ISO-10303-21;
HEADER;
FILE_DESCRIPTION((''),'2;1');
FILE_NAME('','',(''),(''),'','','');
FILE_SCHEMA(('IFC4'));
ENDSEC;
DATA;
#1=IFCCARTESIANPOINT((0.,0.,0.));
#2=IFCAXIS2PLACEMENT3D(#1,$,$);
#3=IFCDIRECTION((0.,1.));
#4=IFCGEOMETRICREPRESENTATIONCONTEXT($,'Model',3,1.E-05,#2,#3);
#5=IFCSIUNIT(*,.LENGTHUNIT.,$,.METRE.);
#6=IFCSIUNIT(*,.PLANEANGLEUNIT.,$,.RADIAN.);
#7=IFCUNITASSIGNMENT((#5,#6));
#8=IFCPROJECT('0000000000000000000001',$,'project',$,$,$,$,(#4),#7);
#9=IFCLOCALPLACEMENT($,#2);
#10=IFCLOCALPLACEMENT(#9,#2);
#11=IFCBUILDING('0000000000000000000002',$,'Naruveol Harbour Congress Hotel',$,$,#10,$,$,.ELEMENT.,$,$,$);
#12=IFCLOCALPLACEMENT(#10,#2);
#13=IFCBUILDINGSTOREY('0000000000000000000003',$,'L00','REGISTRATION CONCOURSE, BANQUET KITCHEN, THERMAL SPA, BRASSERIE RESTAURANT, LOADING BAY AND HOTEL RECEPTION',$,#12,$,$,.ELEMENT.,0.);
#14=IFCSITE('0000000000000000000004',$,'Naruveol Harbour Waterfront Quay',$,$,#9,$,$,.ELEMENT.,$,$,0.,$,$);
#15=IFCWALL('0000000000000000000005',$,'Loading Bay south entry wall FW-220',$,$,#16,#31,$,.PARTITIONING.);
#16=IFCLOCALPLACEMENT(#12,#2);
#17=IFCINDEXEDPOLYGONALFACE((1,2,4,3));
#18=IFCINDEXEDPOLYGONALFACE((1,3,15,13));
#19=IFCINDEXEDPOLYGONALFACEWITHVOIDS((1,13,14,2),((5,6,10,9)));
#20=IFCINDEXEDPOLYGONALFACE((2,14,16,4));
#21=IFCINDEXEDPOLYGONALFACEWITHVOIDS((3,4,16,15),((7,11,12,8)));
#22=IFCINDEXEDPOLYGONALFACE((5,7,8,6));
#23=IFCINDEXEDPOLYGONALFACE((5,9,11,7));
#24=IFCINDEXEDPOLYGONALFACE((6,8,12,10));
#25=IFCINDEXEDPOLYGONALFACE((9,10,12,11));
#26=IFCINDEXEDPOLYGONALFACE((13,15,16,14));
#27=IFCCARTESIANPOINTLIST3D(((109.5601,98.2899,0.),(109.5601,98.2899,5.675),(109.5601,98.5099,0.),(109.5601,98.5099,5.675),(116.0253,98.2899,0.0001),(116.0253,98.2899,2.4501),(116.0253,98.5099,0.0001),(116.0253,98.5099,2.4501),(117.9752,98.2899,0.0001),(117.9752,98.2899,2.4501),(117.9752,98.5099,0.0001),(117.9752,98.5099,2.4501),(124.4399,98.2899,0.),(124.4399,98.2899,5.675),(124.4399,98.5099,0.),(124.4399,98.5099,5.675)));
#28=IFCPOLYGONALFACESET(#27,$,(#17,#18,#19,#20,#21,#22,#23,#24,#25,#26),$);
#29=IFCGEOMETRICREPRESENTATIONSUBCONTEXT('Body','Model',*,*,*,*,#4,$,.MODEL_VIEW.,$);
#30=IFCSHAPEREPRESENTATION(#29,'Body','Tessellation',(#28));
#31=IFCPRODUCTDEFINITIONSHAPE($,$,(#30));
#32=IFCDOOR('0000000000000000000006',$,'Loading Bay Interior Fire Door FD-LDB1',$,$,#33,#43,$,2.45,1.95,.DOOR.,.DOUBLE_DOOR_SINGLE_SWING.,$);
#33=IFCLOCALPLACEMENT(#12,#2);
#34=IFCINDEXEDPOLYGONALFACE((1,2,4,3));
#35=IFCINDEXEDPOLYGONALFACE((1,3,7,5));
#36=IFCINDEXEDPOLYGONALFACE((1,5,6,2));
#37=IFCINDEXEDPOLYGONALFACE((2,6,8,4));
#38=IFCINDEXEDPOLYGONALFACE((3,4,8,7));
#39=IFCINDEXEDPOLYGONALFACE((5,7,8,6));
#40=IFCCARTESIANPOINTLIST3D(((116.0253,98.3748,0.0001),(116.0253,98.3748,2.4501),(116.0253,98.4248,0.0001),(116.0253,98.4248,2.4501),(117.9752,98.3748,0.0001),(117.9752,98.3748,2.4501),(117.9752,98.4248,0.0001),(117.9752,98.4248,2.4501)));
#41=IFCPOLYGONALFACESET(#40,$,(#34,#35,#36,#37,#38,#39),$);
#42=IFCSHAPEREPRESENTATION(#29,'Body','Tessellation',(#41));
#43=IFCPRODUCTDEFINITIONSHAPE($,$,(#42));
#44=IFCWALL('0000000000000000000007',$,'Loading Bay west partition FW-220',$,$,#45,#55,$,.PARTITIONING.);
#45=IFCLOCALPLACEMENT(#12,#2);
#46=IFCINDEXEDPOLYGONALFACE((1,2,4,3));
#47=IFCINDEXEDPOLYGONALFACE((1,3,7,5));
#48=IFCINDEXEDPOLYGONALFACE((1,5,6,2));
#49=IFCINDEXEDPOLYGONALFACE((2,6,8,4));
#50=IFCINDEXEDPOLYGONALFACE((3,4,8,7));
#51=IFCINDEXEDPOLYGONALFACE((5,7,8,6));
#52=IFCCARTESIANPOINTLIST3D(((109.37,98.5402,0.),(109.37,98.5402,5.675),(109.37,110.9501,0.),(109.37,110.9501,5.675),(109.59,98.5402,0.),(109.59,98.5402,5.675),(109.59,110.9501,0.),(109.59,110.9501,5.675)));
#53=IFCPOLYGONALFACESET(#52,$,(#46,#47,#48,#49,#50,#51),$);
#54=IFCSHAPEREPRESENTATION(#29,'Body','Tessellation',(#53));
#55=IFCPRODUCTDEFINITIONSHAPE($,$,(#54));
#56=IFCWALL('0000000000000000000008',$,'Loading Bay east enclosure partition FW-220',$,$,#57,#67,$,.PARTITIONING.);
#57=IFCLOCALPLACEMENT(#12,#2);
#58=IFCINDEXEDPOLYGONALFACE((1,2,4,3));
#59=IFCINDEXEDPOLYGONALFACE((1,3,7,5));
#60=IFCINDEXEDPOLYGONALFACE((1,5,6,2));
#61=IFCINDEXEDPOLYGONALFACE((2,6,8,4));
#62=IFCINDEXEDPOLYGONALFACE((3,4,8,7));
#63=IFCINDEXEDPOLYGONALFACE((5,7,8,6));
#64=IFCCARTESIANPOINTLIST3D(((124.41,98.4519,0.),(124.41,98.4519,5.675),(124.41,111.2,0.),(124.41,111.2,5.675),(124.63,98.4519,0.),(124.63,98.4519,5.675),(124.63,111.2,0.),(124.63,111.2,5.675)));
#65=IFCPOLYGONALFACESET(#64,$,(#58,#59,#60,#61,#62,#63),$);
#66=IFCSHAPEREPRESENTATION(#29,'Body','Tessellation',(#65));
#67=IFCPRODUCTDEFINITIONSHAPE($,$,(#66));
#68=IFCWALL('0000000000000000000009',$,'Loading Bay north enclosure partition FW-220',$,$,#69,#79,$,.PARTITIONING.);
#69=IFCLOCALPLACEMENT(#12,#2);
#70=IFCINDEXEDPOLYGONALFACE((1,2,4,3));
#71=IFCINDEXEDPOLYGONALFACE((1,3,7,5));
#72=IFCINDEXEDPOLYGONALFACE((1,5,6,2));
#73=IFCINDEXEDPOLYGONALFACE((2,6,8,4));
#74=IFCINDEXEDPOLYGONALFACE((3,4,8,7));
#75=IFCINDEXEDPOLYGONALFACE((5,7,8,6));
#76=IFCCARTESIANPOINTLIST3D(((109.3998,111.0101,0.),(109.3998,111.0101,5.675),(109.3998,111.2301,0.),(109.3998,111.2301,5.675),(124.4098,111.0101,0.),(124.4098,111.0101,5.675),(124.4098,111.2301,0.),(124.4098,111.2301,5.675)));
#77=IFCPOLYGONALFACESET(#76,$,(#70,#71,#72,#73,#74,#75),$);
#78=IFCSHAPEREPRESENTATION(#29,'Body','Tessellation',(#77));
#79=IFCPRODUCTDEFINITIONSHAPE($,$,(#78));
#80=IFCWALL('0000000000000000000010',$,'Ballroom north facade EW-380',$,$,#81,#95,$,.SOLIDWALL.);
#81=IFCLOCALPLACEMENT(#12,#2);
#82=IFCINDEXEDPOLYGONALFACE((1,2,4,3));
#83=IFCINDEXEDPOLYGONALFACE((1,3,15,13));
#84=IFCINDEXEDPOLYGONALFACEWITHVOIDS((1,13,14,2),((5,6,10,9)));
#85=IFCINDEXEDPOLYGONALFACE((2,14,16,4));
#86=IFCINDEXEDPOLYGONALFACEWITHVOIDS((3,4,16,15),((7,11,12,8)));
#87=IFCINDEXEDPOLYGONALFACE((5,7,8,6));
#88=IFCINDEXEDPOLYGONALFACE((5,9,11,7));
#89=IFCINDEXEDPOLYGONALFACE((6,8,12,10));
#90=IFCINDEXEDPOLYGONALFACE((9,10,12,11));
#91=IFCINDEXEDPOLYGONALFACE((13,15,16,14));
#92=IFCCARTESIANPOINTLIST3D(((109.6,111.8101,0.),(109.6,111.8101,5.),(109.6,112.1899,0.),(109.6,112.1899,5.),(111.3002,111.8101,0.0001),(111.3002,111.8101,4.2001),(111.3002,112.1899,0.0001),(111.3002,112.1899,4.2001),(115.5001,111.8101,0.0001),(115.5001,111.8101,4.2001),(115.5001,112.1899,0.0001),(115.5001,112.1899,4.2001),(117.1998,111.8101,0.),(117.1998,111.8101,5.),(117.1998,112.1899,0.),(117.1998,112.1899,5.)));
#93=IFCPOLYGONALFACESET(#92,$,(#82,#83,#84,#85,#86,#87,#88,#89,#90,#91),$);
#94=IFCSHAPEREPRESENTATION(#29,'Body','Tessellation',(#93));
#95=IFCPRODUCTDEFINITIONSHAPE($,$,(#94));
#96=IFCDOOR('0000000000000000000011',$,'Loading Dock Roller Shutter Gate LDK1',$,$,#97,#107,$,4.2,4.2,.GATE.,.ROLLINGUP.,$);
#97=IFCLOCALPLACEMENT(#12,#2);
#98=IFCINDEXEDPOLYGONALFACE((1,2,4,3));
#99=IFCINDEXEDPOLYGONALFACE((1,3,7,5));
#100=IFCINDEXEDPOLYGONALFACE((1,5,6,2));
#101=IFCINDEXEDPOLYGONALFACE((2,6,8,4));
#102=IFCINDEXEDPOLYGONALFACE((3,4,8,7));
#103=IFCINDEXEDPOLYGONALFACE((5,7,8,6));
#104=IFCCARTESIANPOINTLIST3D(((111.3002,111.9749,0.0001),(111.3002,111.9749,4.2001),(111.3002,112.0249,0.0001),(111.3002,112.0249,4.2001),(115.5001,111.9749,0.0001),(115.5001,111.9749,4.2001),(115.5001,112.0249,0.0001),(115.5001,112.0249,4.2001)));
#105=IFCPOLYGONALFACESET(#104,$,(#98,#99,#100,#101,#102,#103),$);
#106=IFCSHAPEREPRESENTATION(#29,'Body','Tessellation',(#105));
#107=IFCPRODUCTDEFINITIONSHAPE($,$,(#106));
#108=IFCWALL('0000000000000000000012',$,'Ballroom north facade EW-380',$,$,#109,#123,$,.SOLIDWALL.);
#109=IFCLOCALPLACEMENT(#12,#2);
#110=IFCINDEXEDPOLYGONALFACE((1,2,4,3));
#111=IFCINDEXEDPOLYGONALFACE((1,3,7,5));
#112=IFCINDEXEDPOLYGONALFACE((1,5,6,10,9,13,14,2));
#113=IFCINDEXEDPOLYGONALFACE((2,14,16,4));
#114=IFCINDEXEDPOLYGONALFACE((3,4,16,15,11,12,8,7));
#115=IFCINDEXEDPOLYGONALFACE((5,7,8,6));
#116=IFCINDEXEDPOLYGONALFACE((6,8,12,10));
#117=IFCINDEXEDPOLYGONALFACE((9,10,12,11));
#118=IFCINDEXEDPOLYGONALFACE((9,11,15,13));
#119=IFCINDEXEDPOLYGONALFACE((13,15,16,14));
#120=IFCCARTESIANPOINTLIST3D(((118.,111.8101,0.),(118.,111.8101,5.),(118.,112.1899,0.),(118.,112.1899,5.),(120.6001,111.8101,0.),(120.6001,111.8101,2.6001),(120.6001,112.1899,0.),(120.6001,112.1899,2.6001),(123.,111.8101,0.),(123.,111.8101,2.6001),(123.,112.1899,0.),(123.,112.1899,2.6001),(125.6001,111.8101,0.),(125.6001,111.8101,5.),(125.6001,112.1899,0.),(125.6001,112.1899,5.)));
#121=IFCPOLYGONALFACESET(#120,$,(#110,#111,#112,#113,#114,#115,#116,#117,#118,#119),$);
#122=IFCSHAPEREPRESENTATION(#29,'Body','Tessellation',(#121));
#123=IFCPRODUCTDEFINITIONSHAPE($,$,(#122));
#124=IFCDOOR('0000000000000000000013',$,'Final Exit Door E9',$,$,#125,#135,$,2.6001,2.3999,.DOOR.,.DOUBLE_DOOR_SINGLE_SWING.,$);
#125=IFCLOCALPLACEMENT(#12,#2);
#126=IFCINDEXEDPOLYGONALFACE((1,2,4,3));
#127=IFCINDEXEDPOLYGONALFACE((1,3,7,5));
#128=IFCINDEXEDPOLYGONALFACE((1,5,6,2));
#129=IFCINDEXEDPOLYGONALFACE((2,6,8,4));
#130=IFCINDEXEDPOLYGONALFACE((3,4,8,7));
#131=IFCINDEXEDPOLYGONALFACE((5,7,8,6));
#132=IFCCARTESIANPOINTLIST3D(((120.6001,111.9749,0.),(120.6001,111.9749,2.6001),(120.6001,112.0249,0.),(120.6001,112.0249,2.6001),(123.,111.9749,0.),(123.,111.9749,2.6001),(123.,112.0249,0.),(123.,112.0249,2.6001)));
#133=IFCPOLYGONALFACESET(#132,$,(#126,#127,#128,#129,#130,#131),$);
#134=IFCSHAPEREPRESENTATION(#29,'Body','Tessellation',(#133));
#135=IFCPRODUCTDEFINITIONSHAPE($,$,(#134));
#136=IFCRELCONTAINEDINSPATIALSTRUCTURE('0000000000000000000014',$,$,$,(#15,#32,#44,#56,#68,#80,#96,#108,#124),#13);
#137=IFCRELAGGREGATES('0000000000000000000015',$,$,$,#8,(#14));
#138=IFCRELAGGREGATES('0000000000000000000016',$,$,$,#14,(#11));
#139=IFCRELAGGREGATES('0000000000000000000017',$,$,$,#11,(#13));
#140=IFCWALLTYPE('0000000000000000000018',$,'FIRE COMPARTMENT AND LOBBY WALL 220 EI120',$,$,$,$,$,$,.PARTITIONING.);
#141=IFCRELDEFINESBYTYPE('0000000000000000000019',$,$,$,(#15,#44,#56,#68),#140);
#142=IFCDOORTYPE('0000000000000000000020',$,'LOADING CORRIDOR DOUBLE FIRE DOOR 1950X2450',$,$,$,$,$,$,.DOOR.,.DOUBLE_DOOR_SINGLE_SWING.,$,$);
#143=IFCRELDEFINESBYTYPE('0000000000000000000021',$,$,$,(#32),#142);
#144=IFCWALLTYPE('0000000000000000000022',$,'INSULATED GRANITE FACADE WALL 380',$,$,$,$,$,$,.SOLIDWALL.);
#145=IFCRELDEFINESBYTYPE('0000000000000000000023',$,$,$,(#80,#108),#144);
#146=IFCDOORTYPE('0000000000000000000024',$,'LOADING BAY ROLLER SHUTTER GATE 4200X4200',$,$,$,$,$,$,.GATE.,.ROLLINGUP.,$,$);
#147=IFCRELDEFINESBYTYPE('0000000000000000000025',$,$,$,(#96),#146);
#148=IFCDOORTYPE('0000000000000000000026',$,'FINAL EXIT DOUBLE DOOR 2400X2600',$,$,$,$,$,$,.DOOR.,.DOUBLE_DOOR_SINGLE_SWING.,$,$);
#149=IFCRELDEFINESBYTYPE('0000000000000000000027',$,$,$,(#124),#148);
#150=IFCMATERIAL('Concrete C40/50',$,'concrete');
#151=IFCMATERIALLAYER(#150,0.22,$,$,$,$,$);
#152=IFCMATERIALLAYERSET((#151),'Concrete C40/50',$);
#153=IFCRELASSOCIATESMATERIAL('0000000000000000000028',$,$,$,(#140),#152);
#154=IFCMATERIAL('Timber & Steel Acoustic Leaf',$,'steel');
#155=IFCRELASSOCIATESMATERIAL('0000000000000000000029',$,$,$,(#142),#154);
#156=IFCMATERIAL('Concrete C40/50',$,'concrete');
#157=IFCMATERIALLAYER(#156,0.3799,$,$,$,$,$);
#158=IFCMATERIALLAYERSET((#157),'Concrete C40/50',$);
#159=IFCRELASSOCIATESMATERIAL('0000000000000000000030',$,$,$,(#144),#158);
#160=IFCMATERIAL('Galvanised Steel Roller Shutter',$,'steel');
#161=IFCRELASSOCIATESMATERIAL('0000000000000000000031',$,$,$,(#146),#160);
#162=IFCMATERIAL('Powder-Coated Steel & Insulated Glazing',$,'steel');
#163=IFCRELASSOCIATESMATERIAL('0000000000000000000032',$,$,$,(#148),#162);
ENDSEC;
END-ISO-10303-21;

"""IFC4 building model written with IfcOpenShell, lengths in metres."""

from ifc_helpers import new_model, si_unit, direction, frame, frame_2d, origin, place, context, subcontext, project, spatial, rectangle, extrude, material, layer, layer_set, type_object, element, fill, save


model = new_model("IFC4")

# Units and contexts
model_context = context("Model", 3, precision=1e-05, world=origin(), true_north=direction((0.0, 1.0)))
body_context = subcontext(model_context, "Body", "Model", "MODEL_VIEW")
ifc_project = project(units=[si_unit("LENGTHUNIT", "METRE"), si_unit("PLANEANGLEUNIT", "RADIAN")], contexts=[model_context])

# Site, building, storey
site_placement = place(None, origin())
site = spatial("IfcSite", under=ifc_project, at=site_placement, Name="Naruveol Harbour Waterfront Quay", CompositionType="ELEMENT", RefElevation=0.0)
building_placement = place(site_placement, origin())
building = spatial("IfcBuilding", under=site, at=building_placement, Name="Naruveol Harbour Congress Hotel", CompositionType="ELEMENT")
storey_placement = place(building_placement, origin())
storey = spatial("IfcBuildingStorey", under=building, at=storey_placement, Name="L00", Description="REGISTRATION CONCOURSE, BANQUET KITCHEN, THERMAL SPA, BRASSERIE RESTAURANT, LOADING BAY AND HOTEL RECEPTION", CompositionType="ELEMENT", Elevation=0.0)

# Wall, opening, door
ifc_material_1 = material(Name="Concrete C40/50", Category="concrete")
ifc_layer_1 = layer(ifc_material_1, 0.22)
ifc_layer_set_1 = layer_set([ifc_layer_1], Name="Concrete C40/50")
wall_type_1 = type_object("IfcWallType", Name="FIRE COMPARTMENT AND LOBBY WALL 220 EI120", PredefinedType="PARTITIONING", material=ifc_layer_set_1)
wall_1_placement = place(storey_placement, frame((109.5601, 98.3999, 0.0), z_axis=(0.0, 0.0, 1.0), x_axis=(1.0, 0.0, 0.0)))
wall_1 = element("IfcWall", 1, at=wall_1_placement, inside=storey, type_object=wall_type_1, Name="Loading Bay south entry wall FW-220", PredefinedType="PARTITIONING", context=body_context, shape_type="SweptSolid", body=[
    extrude(rectangle(XDim=14.8799, YDim=0.22, at=frame_2d((7.4399, 0.0))), origin(), (0.0, 0.0, 1.0), 5.675),
])
opening_1_placement = place(wall_1_placement, frame((6.4651, 0.0, 0.0)))
opening_1 = element("IfcOpeningElement", 2, at=opening_1_placement, cuts=wall_1, PredefinedType="OPENING", context=body_context, shape_type="SweptSolid", body=[
    extrude(rectangle(XDim=1.95, YDim=2.45, at=frame_2d((0.9751, 1.2251))), frame((0.0, 0.1199, 0.0), z_axis=(0.0, -1.0, 0.0), x_axis=(1.0, 0.0, 0.0)), (0.0, 0.0, 1.0), 0.24),
])
ifc_material_2 = material(Name="Timber & Steel Acoustic Leaf", Category="steel")
door_type_1 = type_object("IfcDoorType", Name="LOADING CORRIDOR DOUBLE FIRE DOOR 1950X2450", OperationType="DOUBLE_DOOR_SINGLE_SWING", PredefinedType="DOOR", material=ifc_material_2)
door_1_placement = place(opening_1_placement, origin())
door_1 = element("IfcDoor", 3, at=door_1_placement, inside=storey, type_object=door_type_1, Name="Loading Bay Interior Fire Door FD-LDB1", OperationType="DOUBLE_DOOR_SINGLE_SWING", OverallHeight=2.45, OverallWidth=1.95, PredefinedType="DOOR", context=body_context, shape_type="SweptSolid", body=[
    extrude(rectangle(XDim=1.95, YDim=2.45, at=frame_2d((0.9751, 1.2251))), frame((0.0, 0.0249, 0.0), z_axis=(0.0, -1.0, 0.0), x_axis=(1.0, 0.0, 0.0)), (0.0, 0.0, 1.0), 0.05),
])
fill(opening_1, door_1)

# Walls
wall_2_placement = place(storey_placement, frame((109.48, 98.54, 0.0), z_axis=(0.0, 0.0, 1.0), x_axis=(0.0, 1.0, 0.0)))
element("IfcWall", 4, at=wall_2_placement, inside=storey, type_object=wall_type_1, Name="Loading Bay west partition FW-220", PredefinedType="PARTITIONING", context=body_context, shape_type="SweptSolid", body=[
    extrude(rectangle(XDim=12.4099, YDim=0.22, at=frame_2d((6.2051, 0.0))), origin(), (0.0, 0.0, 1.0), 5.675),
])
wall_3_placement = place(storey_placement, frame((124.52, 98.4519, 0.0), z_axis=(0.0, 0.0, 1.0), x_axis=(0.0, 1.0, 0.0)))
element("IfcWall", 5, at=wall_3_placement, inside=storey, type_object=wall_type_1, Name="Loading Bay east enclosure partition FW-220", PredefinedType="PARTITIONING", context=body_context, shape_type="SweptSolid", body=[
    extrude(rectangle(XDim=12.748, YDim=0.22, at=frame_2d((6.374, 0.0))), origin(), (0.0, 0.0, 1.0), 5.675),
])
wall_4_placement = place(storey_placement, frame((109.3999, 111.1201, 0.0), z_axis=(0.0, 0.0, 1.0), x_axis=(1.0, 0.0, 0.0)))
element("IfcWall", 6, at=wall_4_placement, inside=storey, type_object=wall_type_1, Name="Loading Bay north enclosure partition FW-220", PredefinedType="PARTITIONING", context=body_context, shape_type="SweptSolid", body=[
    extrude(rectangle(XDim=15.01, YDim=0.22, at=frame_2d((7.5049, 0.0))), origin(), (0.0, 0.0, 1.0), 5.675),
])

# Walls, openings, doors
ifc_material_3 = material(Name="Concrete C40/50", Category="concrete")
ifc_layer_2 = layer(ifc_material_3, 0.3799)
ifc_layer_set_2 = layer_set([ifc_layer_2], Name="Concrete C40/50")
wall_type_2 = type_object("IfcWallType", Name="INSULATED GRANITE FACADE WALL 380", PredefinedType="SOLIDWALL", material=ifc_layer_set_2)
wall_5_placement = place(storey_placement, frame((109.6001, 112.0, 0.0), z_axis=(0.0, 0.0, 1.0), x_axis=(1.0, 0.0, 0.0)))
wall_5 = element("IfcWall", 7, at=wall_5_placement, inside=storey, type_object=wall_type_2, Name="Ballroom north facade EW-380", PredefinedType="SOLIDWALL", context=body_context, shape_type="SweptSolid", body=[
    extrude(rectangle(XDim=7.5999, YDim=0.3799, at=frame_2d((3.7998, 0.0))), origin(), (0.0, 0.0, 1.0), 5.0),
])
opening_2_placement = place(wall_5_placement, frame((1.7, 0.0, 0.0)))
opening_2 = element("IfcOpeningElement", 8, at=opening_2_placement, cuts=wall_5, PredefinedType="OPENING", context=body_context, shape_type="SweptSolid", body=[
    extrude(rectangle(XDim=4.2, YDim=4.2, at=frame_2d((2.1001, 2.1001))), frame((0.0, 0.2, 0.0), z_axis=(0.0, -1.0, 0.0), x_axis=(1.0, 0.0, 0.0)), (0.0, 0.0, 1.0), 0.3999),
])
ifc_material_4 = material(Name="Galvanised Steel Roller Shutter", Category="steel")
door_type_2 = type_object("IfcDoorType", Name="LOADING BAY ROLLER SHUTTER GATE 4200X4200", OperationType="ROLLINGUP", PredefinedType="GATE", material=ifc_material_4)
door_2_placement = place(opening_2_placement, origin())
door_2 = element("IfcDoor", 9, at=door_2_placement, inside=storey, type_object=door_type_2, Name="Loading Dock Roller Shutter Gate LDK1", OperationType="ROLLINGUP", OverallHeight=4.2, OverallWidth=4.2, PredefinedType="GATE", context=body_context, shape_type="SweptSolid", body=[
    extrude(rectangle(XDim=4.2, YDim=4.2, at=frame_2d((2.1001, 2.1001))), frame((0.0, 0.0249, 0.0), z_axis=(0.0, -1.0, 0.0), x_axis=(1.0, 0.0, 0.0)), (0.0, 0.0, 1.0), 0.05),
])
fill(opening_2, door_2)
wall_6_placement = place(storey_placement, frame((118.0, 112.0, 0.0), z_axis=(0.0, 0.0, 1.0), x_axis=(1.0, 0.0, 0.0)))
wall_6 = element("IfcWall", 10, at=wall_6_placement, inside=storey, type_object=wall_type_2, Name="Ballroom north facade EW-380", PredefinedType="SOLIDWALL", context=body_context, shape_type="SweptSolid", body=[
    extrude(rectangle(XDim=7.6001, YDim=0.3799, at=frame_2d((3.8, 0.0))), origin(), (0.0, 0.0, 1.0), 5.0),
])
opening_3_placement = place(wall_6_placement, frame((2.6001, 0.0, 0.0)))
opening_3 = element("IfcOpeningElement", 11, at=opening_3_placement, cuts=wall_6, PredefinedType="OPENING", context=body_context, shape_type="SweptSolid", body=[
    extrude(rectangle(XDim=2.3999, YDim=2.6001, at=frame_2d((1.2, 1.3))), frame((0.0, 0.2, 0.0), z_axis=(0.0, -1.0, 0.0), x_axis=(1.0, 0.0, 0.0)), (0.0, 0.0, 1.0), 0.3999),
])
ifc_material_5 = material(Name="Powder-Coated Steel & Insulated Glazing", Category="steel")
door_type_3 = type_object("IfcDoorType", Name="FINAL EXIT DOUBLE DOOR 2400X2600", OperationType="DOUBLE_DOOR_SINGLE_SWING", PredefinedType="DOOR", material=ifc_material_5)
door_3_placement = place(opening_3_placement, origin())
door_3 = element("IfcDoor", 12, at=door_3_placement, inside=storey, type_object=door_type_3, Name="Final Exit Door E9", OperationType="DOUBLE_DOOR_SINGLE_SWING", OverallHeight=2.6001, OverallWidth=2.3999, PredefinedType="DOOR", context=body_context, shape_type="SweptSolid", body=[
    extrude(rectangle(XDim=2.3999, YDim=2.6001, at=frame_2d((1.2, 1.3))), frame((0.0, 0.0249, 0.0), z_axis=(0.0, -1.0, 0.0), x_axis=(1.0, 0.0, 0.0)), (0.0, 0.0, 1.0), 0.05),
])
fill(opening_3, door_3)

save(model, "model.ifc")
